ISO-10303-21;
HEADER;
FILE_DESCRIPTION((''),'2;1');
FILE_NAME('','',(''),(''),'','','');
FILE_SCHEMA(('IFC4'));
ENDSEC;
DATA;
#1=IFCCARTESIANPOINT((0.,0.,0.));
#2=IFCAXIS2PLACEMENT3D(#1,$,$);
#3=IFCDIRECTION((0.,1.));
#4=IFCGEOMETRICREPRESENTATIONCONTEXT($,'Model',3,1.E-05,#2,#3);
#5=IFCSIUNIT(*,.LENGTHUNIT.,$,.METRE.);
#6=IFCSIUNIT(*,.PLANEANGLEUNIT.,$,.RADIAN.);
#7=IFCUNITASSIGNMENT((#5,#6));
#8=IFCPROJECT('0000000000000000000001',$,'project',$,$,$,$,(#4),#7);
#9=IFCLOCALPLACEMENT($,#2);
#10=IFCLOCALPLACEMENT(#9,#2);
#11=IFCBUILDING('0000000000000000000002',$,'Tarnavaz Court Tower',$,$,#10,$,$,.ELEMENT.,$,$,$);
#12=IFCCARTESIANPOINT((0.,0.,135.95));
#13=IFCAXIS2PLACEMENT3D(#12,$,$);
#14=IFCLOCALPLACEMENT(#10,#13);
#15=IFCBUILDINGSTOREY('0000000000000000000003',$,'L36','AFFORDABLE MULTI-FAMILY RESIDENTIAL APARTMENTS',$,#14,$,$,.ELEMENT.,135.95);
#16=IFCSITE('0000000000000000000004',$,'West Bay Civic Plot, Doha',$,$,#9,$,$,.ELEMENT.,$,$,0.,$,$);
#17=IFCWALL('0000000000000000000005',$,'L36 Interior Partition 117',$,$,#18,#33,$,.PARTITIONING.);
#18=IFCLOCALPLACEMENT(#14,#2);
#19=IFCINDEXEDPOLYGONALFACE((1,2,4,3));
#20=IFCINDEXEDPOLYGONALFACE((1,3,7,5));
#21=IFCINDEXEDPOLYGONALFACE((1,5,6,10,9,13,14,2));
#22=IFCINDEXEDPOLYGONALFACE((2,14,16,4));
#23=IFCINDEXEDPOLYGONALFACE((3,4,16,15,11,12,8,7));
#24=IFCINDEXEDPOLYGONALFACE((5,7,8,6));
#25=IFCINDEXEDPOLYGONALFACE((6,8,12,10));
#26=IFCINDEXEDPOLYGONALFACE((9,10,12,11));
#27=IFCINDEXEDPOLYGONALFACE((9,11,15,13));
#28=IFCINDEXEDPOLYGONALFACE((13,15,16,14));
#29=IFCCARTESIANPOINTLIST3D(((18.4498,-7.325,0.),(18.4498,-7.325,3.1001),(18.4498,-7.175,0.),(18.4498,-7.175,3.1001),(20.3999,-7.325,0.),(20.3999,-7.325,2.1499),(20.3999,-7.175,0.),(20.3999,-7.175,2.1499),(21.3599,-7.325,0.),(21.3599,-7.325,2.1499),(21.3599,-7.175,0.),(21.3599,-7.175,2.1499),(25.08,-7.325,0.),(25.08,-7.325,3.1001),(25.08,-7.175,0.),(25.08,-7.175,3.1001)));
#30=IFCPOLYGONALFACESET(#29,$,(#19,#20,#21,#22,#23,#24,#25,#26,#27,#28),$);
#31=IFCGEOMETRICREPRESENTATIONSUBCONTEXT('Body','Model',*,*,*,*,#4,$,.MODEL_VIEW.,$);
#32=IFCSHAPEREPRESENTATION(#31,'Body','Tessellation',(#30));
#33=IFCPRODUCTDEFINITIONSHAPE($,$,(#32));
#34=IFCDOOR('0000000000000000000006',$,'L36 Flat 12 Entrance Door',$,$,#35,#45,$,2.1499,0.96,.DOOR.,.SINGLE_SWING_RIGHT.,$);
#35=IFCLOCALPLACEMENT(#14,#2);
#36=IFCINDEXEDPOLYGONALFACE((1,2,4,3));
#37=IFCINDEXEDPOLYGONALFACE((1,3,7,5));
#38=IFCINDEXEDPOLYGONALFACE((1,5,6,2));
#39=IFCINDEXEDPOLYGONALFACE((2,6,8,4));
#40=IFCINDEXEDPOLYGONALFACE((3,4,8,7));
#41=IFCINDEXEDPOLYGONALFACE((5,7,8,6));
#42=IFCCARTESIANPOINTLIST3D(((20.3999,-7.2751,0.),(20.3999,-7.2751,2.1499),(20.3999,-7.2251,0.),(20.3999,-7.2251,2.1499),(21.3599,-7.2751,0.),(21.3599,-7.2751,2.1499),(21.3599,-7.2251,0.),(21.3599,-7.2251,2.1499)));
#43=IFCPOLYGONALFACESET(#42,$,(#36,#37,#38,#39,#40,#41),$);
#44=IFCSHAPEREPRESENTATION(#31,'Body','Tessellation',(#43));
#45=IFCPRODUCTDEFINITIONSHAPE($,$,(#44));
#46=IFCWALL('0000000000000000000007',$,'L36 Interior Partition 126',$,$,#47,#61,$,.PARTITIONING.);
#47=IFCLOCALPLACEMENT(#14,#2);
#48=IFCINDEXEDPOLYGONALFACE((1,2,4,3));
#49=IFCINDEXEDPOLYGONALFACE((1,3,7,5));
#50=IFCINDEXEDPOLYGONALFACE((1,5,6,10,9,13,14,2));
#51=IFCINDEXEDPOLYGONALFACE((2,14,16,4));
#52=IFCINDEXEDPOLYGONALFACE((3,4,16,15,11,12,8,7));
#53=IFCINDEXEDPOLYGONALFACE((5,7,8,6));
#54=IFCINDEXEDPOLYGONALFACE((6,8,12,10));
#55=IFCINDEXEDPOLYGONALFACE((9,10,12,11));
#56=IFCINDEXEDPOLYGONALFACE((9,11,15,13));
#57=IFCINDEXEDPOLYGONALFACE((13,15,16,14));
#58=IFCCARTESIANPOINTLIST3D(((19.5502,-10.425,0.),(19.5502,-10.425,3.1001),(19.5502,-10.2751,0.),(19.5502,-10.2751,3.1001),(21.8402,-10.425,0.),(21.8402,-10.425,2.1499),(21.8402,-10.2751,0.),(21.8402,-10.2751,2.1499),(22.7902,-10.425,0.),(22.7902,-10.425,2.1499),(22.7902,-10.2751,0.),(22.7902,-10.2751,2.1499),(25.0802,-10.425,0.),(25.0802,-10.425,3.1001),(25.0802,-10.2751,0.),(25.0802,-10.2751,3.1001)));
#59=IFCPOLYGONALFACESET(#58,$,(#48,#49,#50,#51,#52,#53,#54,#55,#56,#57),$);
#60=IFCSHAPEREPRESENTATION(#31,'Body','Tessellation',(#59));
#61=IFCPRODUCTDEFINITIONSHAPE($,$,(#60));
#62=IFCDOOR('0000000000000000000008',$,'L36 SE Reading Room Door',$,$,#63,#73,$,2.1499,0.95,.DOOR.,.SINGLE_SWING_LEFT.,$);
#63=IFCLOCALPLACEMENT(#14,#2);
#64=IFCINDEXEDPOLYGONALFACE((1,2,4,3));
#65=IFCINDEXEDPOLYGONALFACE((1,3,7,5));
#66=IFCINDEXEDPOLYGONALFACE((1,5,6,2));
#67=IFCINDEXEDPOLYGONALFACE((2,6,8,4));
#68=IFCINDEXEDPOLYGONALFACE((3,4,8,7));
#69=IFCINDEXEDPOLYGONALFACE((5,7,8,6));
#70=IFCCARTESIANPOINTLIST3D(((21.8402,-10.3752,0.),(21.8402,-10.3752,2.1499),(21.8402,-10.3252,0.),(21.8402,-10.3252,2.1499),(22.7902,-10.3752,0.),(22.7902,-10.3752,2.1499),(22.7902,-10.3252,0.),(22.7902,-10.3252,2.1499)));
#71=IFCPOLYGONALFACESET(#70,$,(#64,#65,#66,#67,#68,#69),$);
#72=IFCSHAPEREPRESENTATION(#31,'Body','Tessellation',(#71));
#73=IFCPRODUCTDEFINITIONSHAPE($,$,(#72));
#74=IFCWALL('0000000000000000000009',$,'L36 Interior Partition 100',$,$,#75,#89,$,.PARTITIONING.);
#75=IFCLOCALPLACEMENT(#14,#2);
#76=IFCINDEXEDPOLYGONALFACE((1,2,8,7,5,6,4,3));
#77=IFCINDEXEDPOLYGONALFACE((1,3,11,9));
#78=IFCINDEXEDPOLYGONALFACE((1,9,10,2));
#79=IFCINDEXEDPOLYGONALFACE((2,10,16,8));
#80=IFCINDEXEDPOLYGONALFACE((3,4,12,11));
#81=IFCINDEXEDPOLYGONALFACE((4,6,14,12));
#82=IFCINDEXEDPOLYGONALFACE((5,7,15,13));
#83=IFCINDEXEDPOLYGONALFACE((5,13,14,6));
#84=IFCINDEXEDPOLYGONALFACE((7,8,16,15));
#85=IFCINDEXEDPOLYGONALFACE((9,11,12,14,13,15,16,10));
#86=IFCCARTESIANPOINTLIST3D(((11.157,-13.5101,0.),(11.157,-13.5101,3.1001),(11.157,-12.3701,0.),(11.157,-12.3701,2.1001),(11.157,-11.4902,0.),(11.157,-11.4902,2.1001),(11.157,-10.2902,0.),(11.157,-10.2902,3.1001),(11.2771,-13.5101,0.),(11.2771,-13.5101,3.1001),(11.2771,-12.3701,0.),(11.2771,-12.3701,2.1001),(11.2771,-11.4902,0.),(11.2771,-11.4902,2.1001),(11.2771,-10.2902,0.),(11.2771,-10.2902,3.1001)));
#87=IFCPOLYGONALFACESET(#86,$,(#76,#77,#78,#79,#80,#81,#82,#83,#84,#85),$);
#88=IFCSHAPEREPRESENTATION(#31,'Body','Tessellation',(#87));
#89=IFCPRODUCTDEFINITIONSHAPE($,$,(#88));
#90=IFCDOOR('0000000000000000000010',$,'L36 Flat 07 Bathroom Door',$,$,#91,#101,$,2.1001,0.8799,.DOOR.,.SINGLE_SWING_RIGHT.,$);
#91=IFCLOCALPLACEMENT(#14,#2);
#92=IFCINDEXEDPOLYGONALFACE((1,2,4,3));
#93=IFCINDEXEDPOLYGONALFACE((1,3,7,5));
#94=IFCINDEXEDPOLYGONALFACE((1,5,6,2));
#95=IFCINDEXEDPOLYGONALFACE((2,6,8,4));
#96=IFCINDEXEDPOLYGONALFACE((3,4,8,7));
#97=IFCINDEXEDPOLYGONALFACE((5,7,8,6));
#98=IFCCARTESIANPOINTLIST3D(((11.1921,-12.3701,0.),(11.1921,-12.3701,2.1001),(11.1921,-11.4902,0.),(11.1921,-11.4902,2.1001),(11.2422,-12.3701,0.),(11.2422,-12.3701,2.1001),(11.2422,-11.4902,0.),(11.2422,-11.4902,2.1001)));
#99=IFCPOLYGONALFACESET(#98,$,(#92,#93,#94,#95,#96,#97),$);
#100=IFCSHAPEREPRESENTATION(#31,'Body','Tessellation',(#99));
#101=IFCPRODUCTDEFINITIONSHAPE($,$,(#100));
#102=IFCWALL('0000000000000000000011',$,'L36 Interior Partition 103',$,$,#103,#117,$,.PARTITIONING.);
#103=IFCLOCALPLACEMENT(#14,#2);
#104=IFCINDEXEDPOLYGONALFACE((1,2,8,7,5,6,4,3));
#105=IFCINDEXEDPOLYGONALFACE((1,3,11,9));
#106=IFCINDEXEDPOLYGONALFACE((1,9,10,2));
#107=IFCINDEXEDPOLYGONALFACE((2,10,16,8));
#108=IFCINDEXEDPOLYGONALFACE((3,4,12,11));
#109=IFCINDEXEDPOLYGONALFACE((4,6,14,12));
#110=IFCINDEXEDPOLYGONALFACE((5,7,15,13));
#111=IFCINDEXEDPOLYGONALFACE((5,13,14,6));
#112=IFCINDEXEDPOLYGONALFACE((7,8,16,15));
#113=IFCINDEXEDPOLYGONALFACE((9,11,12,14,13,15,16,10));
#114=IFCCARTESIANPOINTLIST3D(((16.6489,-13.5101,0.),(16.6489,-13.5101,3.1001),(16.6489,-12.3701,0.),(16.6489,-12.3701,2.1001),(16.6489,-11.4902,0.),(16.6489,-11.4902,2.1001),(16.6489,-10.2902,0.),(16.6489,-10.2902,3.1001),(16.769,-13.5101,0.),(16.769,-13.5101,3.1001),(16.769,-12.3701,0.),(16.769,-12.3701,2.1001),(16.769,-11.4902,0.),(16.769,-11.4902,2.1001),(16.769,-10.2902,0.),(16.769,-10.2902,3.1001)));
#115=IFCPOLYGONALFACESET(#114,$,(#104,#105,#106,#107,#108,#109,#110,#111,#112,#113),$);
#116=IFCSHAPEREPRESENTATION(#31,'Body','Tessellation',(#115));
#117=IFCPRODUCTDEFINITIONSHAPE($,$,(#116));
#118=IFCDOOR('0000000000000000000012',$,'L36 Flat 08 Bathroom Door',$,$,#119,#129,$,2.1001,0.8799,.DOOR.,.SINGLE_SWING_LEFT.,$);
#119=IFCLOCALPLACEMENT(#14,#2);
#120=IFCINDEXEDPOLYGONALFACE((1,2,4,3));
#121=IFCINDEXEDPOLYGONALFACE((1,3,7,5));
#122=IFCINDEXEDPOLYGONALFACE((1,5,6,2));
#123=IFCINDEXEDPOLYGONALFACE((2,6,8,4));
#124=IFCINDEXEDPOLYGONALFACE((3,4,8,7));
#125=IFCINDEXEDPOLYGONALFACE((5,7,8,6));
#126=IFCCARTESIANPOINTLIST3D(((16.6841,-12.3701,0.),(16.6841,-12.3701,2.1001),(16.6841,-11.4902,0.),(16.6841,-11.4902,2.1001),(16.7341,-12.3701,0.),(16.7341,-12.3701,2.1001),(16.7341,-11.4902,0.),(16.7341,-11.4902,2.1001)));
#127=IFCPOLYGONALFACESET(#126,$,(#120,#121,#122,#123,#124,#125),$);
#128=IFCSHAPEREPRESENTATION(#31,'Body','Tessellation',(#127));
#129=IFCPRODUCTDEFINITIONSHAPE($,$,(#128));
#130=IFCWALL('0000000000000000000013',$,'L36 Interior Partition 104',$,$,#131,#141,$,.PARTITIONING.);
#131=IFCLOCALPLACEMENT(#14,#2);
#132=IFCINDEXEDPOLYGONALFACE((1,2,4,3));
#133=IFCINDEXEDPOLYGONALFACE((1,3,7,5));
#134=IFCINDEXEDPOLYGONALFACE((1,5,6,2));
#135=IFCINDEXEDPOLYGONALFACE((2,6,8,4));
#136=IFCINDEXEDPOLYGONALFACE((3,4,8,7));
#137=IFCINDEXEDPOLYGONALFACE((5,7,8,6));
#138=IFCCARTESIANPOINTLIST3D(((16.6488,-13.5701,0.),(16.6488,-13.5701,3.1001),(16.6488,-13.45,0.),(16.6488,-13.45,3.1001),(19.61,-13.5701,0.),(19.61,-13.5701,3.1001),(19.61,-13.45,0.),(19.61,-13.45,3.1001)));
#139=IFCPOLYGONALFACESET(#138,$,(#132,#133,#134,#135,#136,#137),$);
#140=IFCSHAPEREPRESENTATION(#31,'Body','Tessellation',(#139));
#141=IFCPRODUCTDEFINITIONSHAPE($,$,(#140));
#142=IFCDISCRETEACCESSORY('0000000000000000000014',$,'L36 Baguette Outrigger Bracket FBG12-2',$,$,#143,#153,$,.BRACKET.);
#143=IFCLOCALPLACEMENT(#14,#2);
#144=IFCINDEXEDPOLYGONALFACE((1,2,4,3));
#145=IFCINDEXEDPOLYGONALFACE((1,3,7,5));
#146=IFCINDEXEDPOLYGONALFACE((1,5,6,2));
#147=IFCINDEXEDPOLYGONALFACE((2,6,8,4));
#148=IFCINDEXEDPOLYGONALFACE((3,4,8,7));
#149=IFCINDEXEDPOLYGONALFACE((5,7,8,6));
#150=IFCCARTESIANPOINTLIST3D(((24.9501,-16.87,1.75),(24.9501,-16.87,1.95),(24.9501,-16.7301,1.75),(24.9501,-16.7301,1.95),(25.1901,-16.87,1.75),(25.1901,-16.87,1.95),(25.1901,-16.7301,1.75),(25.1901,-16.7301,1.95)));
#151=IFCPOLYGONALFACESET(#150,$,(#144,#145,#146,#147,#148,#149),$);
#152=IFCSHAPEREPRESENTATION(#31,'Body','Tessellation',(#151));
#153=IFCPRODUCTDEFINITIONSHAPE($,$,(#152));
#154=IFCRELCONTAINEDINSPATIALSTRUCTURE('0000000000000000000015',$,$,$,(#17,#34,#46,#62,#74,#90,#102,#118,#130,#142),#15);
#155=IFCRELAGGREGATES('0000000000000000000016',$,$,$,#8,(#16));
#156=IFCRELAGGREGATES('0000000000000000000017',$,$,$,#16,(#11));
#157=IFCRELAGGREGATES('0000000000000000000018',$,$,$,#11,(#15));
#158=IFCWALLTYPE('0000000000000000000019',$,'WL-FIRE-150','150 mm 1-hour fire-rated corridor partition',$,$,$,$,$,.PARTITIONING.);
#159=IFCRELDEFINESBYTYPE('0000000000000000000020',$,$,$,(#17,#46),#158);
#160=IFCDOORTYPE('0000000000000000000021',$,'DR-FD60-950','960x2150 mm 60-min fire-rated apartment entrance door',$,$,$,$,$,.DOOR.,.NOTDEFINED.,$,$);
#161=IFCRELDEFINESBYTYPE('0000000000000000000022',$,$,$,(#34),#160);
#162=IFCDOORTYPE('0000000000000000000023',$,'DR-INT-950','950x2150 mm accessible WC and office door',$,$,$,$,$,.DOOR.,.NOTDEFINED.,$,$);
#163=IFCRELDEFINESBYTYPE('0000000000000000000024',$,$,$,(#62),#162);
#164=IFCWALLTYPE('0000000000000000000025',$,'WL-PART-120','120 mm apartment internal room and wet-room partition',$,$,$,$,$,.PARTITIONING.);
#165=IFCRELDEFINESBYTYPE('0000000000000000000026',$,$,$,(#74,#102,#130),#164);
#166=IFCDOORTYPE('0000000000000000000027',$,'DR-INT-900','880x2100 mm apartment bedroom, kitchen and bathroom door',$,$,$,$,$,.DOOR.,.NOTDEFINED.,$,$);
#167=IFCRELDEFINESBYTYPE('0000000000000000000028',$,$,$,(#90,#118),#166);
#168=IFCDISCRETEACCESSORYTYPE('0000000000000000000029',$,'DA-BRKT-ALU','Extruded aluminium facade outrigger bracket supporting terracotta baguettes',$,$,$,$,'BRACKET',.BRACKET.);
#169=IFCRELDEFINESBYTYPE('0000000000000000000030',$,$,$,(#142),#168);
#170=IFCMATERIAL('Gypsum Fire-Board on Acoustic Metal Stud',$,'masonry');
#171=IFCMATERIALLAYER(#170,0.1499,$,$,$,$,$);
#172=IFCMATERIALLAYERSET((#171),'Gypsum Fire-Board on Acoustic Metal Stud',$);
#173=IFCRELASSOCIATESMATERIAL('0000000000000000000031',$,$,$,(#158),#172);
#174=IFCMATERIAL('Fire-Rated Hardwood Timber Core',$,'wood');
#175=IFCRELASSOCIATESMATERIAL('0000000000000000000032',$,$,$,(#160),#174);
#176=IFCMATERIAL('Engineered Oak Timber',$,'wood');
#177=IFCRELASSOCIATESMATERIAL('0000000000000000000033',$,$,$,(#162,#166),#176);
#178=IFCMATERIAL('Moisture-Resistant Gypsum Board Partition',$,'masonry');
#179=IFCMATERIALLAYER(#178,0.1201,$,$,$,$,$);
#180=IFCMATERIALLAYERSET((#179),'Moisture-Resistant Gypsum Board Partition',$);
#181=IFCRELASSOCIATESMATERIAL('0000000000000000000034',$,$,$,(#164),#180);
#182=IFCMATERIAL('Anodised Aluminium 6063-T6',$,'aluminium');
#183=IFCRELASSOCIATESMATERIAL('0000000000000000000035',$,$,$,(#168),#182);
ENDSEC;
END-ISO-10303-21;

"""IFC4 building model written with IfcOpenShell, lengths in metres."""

from ifc_helpers import new_model, si_unit, direction, frame, frame_2d, origin, origin_2d, place, context, subcontext, project, spatial, rectangle, extrude, material, layer, layer_set, type_object, element, fill, save


model = new_model("IFC4")

# Units and contexts
model_context = context("Model", 3, precision=1e-05, world=origin(), true_north=direction((0.0, 1.0)))
body_context = subcontext(model_context, "Body", "Model", "MODEL_VIEW")
ifc_project = project(units=[si_unit("LENGTHUNIT", "METRE"), si_unit("PLANEANGLEUNIT", "RADIAN")], contexts=[model_context])

# Site, building, storey
site_placement = place(None, origin())
site = spatial("IfcSite", under=ifc_project, at=site_placement, Name="West Bay Civic Plot, Doha", CompositionType="ELEMENT", RefElevation=0.0)
building_placement = place(site_placement, origin())
building = spatial("IfcBuilding", under=site, at=building_placement, Name="Tarnavaz Court Tower", CompositionType="ELEMENT")
storey_placement = place(building_placement, frame((0.0, 0.0, 135.95)))
storey = spatial("IfcBuildingStorey", under=building, at=storey_placement, Name="L36", Description="AFFORDABLE MULTI-FAMILY RESIDENTIAL APARTMENTS", CompositionType="ELEMENT", Elevation=135.95)

# Walls, openings, doors
ifc_material_1 = material(Name="Gypsum Fire-Board on Acoustic Metal Stud", Category="masonry")
ifc_layer_1 = layer(ifc_material_1, 0.1499)
ifc_layer_set_1 = layer_set([ifc_layer_1], Name="Gypsum Fire-Board on Acoustic Metal Stud")
wall_type_1 = type_object("IfcWallType", Name="WL-FIRE-150", Description="150 mm 1-hour fire-rated corridor partition", PredefinedType="PARTITIONING", material=ifc_layer_set_1)
wall_1_placement = place(storey_placement, frame((18.45, -7.25, 0.0), z_axis=(0.0, 0.0, 1.0), x_axis=(1.0, 0.0, 0.0)))
wall_1 = element("IfcWall", 1, at=wall_1_placement, inside=storey, type_object=wall_type_1, Name="L36 Interior Partition 117", PredefinedType="PARTITIONING", context=body_context, shape_type="SweptSolid", body=[
    extrude(rectangle(XDim=6.6301, YDim=0.1499, at=frame_2d((3.3149, 0.0))), origin(), (0.0, 0.0, 1.0), 3.1001),
])
opening_1_placement = place(wall_1_placement, frame((1.95, 0.0, 0.0)))
opening_1 = element("IfcOpeningElement", 2, at=opening_1_placement, cuts=wall_1, PredefinedType="OPENING", context=body_context, shape_type="SweptSolid", body=[
    extrude(rectangle(XDim=0.96, YDim=2.1499, at=frame_2d((0.48, 1.075))), frame((0.0, 0.085, 0.0), z_axis=(0.0, -1.0, 0.0), x_axis=(1.0, 0.0, 0.0)), (0.0, 0.0, 1.0), 0.1699),
])
ifc_material_2 = material(Name="Fire-Rated Hardwood Timber Core", Category="wood")
door_type_1 = type_object("IfcDoorType", Name="DR-FD60-950", Description="960x2150 mm 60-min fire-rated apartment entrance door", OperationType="NOTDEFINED", PredefinedType="DOOR", material=ifc_material_2)
door_1_placement = place(opening_1_placement, origin())
door_1 = element("IfcDoor", 3, at=door_1_placement, inside=storey, type_object=door_type_1, Name="L36 Flat 12 Entrance Door", OperationType="SINGLE_SWING_RIGHT", OverallHeight=2.1499, OverallWidth=0.96, PredefinedType="DOOR", context=body_context, shape_type="SweptSolid", body=[
    extrude(rectangle(XDim=0.96, YDim=2.1499, at=frame_2d((0.48, 1.075))), frame((0.0, 0.0249, 0.0), z_axis=(0.0, -1.0, 0.0), x_axis=(1.0, 0.0, 0.0)), (0.0, 0.0, 1.0), 0.05),
])
fill(opening_1, door_1)
wall_2_placement = place(storey_placement, frame((19.55, -10.3501, 0.0), z_axis=(0.0, 0.0, 1.0), x_axis=(1.0, 0.0, 0.0)))
wall_2 = element("IfcWall", 4, at=wall_2_placement, inside=storey, type_object=wall_type_1, Name="L36 Interior Partition 126", PredefinedType="PARTITIONING", context=body_context, shape_type="SweptSolid", body=[
    extrude(rectangle(XDim=5.53, YDim=0.1499, at=frame_2d((2.7651, 0.0))), origin(), (0.0, 0.0, 1.0), 3.1001),
])
opening_2_placement = place(wall_2_placement, frame((2.29, 0.0, 0.0)))
opening_2 = element("IfcOpeningElement", 5, at=opening_2_placement, cuts=wall_2, PredefinedType="OPENING", context=body_context, shape_type="SweptSolid", body=[
    extrude(rectangle(XDim=0.95, YDim=2.1499, at=frame_2d((0.4751, 1.075))), frame((0.0, 0.085, 0.0), z_axis=(0.0, -1.0, 0.0), x_axis=(1.0, 0.0, 0.0)), (0.0, 0.0, 1.0), 0.1699),
])
ifc_material_3 = material(Name="Engineered Oak Timber", Category="wood")
door_type_2 = type_object("IfcDoorType", Name="DR-INT-950", Description="950x2150 mm accessible WC and office door", OperationType="NOTDEFINED", PredefinedType="DOOR", material=ifc_material_3)
door_2_placement = place(opening_2_placement, origin())
door_2 = element("IfcDoor", 6, at=door_2_placement, inside=storey, type_object=door_type_2, Name="L36 SE Reading Room Door", OperationType="SINGLE_SWING_LEFT", OverallHeight=2.1499, OverallWidth=0.95, PredefinedType="DOOR", context=body_context, shape_type="SweptSolid", body=[
    extrude(rectangle(XDim=0.95, YDim=2.1499, at=frame_2d((0.4751, 1.075))), frame((0.0, 0.0249, 0.0), z_axis=(0.0, -1.0, 0.0), x_axis=(1.0, 0.0, 0.0)), (0.0, 0.0, 1.0), 0.05),
])
fill(opening_2, door_2)
ifc_material_4 = material(Name="Moisture-Resistant Gypsum Board Partition", Category="masonry")
ifc_layer_2 = layer(ifc_material_4, 0.1201)
ifc_layer_set_2 = layer_set([ifc_layer_2], Name="Moisture-Resistant Gypsum Board Partition")
wall_type_2 = type_object("IfcWallType", Name="WL-PART-120", Description="120 mm apartment internal room and wet-room partition", PredefinedType="PARTITIONING", material=ifc_layer_set_2)
wall_3_placement = place(storey_placement, frame((11.217, -13.51, 0.0), z_axis=(0.0, 0.0, 1.0), x_axis=(0.0, 1.0, 0.0)))
wall_3 = element("IfcWall", 7, at=wall_3_placement, inside=storey, type_object=wall_type_2, Name="L36 Interior Partition 100", PredefinedType="PARTITIONING", context=body_context, shape_type="SweptSolid", body=[
    extrude(rectangle(XDim=3.22, YDim=0.1201, at=frame_2d((1.6099, 0.0))), origin(), (0.0, 0.0, 1.0), 3.1001),
])
opening_3_placement = place(wall_3_placement, frame((1.1399, 0.0, 0.0)))
opening_3 = element("IfcOpeningElement", 8, at=opening_3_placement, cuts=wall_3, PredefinedType="OPENING", context=body_context, shape_type="SweptSolid", body=[
    extrude(rectangle(XDim=0.8799, YDim=2.1001, at=frame_2d((0.4399, 1.05))), frame((0.0, 0.0701, 0.0), z_axis=(0.0, -1.0, 0.0), x_axis=(1.0, 0.0, 0.0)), (0.0, 0.0, 1.0), 0.1401),
])
door_type_3 = type_object("IfcDoorType", Name="DR-INT-900", Description="880x2100 mm apartment bedroom, kitchen and bathroom door", OperationType="NOTDEFINED", PredefinedType="DOOR", material=ifc_material_3)
door_3_placement = place(opening_3_placement, origin())
door_3 = element("IfcDoor", 9, at=door_3_placement, inside=storey, type_object=door_type_3, Name="L36 Flat 07 Bathroom Door", OperationType="SINGLE_SWING_RIGHT", OverallHeight=2.1001, OverallWidth=0.8799, PredefinedType="DOOR", context=body_context, shape_type="SweptSolid", body=[
    extrude(rectangle(XDim=0.8799, YDim=2.1001, at=frame_2d((0.4399, 1.05))), frame((0.0, 0.0249, 0.0), z_axis=(0.0, -1.0, 0.0), x_axis=(1.0, 0.0, 0.0)), (0.0, 0.0, 1.0), 0.05),
])
fill(opening_3, door_3)
wall_4_placement = place(storey_placement, frame((16.709, -13.51, 0.0), z_axis=(0.0, 0.0, 1.0), x_axis=(0.0, 1.0, 0.0)))
wall_4 = element("IfcWall", 10, at=wall_4_placement, inside=storey, type_object=wall_type_2, Name="L36 Interior Partition 103", PredefinedType="PARTITIONING", context=body_context, shape_type="SweptSolid", body=[
    extrude(rectangle(XDim=3.22, YDim=0.1201, at=frame_2d((1.6099, 0.0))), origin(), (0.0, 0.0, 1.0), 3.1001),
])
opening_4_placement = place(wall_4_placement, frame((1.1399, 0.0, 0.0)))
opening_4 = element("IfcOpeningElement", 11, at=opening_4_placement, cuts=wall_4, PredefinedType="OPENING", context=body_context, shape_type="SweptSolid", body=[
    extrude(rectangle(XDim=0.8799, YDim=2.1001, at=frame_2d((0.4399, 1.05))), frame((0.0, 0.0701, 0.0), z_axis=(0.0, -1.0, 0.0), x_axis=(1.0, 0.0, 0.0)), (0.0, 0.0, 1.0), 0.1401),
])
door_4_placement = place(opening_4_placement, origin())
door_4 = element("IfcDoor", 12, at=door_4_placement, inside=storey, type_object=door_type_3, Name="L36 Flat 08 Bathroom Door", OperationType="SINGLE_SWING_LEFT", OverallHeight=2.1001, OverallWidth=0.8799, PredefinedType="DOOR", context=body_context, shape_type="SweptSolid", body=[
    extrude(rectangle(XDim=0.8799, YDim=2.1001, at=frame_2d((0.4399, 1.05))), frame((0.0, 0.0249, 0.0), z_axis=(0.0, -1.0, 0.0), x_axis=(1.0, 0.0, 0.0)), (0.0, 0.0, 1.0), 0.05),
])
fill(opening_4, door_4)

# Wall
wall_5_placement = place(storey_placement, frame((16.6489, -13.51, 0.0), z_axis=(0.0, 0.0, 1.0), x_axis=(1.0, 0.0, 0.0)))
element("IfcWall", 13, at=wall_5_placement, inside=storey, type_object=wall_type_2, Name="L36 Interior Partition 104", PredefinedType="PARTITIONING", context=body_context, shape_type="SweptSolid", body=[
    extrude(rectangle(XDim=2.9612, YDim=0.1201, at=frame_2d((1.4805, 0.0))), origin(), (0.0, 0.0, 1.0), 3.1001),
])

# Discrete accessory
ifc_material_5 = material(Name="Anodised Aluminium 6063-T6", Category="aluminium")
discrete_accessory_type = type_object("IfcDiscreteAccessoryType", Name="DA-BRKT-ALU", Description="Extruded aluminium facade outrigger bracket supporting terracotta baguettes", ElementType="BRACKET", PredefinedType="BRACKET", material=ifc_material_5)
discrete_accessory_placement = place(storey_placement, frame((25.0701, -16.8, 1.75), z_axis=(0.0, 0.0, 1.0), x_axis=(0.0, -1.0, 0.0)))
element("IfcDiscreteAccessory", 14, at=discrete_accessory_placement, inside=storey, type_object=discrete_accessory_type, Name="L36 Baguette Outrigger Bracket FBG12-2", PredefinedType="BRACKET", context=body_context, shape_type="SweptSolid", body=[
    extrude(rectangle(XDim=0.1399, YDim=0.24, at=origin_2d()), origin(), (0.0, 0.0, 1.0), 0.2),
])

save(model, "model.ifc")
